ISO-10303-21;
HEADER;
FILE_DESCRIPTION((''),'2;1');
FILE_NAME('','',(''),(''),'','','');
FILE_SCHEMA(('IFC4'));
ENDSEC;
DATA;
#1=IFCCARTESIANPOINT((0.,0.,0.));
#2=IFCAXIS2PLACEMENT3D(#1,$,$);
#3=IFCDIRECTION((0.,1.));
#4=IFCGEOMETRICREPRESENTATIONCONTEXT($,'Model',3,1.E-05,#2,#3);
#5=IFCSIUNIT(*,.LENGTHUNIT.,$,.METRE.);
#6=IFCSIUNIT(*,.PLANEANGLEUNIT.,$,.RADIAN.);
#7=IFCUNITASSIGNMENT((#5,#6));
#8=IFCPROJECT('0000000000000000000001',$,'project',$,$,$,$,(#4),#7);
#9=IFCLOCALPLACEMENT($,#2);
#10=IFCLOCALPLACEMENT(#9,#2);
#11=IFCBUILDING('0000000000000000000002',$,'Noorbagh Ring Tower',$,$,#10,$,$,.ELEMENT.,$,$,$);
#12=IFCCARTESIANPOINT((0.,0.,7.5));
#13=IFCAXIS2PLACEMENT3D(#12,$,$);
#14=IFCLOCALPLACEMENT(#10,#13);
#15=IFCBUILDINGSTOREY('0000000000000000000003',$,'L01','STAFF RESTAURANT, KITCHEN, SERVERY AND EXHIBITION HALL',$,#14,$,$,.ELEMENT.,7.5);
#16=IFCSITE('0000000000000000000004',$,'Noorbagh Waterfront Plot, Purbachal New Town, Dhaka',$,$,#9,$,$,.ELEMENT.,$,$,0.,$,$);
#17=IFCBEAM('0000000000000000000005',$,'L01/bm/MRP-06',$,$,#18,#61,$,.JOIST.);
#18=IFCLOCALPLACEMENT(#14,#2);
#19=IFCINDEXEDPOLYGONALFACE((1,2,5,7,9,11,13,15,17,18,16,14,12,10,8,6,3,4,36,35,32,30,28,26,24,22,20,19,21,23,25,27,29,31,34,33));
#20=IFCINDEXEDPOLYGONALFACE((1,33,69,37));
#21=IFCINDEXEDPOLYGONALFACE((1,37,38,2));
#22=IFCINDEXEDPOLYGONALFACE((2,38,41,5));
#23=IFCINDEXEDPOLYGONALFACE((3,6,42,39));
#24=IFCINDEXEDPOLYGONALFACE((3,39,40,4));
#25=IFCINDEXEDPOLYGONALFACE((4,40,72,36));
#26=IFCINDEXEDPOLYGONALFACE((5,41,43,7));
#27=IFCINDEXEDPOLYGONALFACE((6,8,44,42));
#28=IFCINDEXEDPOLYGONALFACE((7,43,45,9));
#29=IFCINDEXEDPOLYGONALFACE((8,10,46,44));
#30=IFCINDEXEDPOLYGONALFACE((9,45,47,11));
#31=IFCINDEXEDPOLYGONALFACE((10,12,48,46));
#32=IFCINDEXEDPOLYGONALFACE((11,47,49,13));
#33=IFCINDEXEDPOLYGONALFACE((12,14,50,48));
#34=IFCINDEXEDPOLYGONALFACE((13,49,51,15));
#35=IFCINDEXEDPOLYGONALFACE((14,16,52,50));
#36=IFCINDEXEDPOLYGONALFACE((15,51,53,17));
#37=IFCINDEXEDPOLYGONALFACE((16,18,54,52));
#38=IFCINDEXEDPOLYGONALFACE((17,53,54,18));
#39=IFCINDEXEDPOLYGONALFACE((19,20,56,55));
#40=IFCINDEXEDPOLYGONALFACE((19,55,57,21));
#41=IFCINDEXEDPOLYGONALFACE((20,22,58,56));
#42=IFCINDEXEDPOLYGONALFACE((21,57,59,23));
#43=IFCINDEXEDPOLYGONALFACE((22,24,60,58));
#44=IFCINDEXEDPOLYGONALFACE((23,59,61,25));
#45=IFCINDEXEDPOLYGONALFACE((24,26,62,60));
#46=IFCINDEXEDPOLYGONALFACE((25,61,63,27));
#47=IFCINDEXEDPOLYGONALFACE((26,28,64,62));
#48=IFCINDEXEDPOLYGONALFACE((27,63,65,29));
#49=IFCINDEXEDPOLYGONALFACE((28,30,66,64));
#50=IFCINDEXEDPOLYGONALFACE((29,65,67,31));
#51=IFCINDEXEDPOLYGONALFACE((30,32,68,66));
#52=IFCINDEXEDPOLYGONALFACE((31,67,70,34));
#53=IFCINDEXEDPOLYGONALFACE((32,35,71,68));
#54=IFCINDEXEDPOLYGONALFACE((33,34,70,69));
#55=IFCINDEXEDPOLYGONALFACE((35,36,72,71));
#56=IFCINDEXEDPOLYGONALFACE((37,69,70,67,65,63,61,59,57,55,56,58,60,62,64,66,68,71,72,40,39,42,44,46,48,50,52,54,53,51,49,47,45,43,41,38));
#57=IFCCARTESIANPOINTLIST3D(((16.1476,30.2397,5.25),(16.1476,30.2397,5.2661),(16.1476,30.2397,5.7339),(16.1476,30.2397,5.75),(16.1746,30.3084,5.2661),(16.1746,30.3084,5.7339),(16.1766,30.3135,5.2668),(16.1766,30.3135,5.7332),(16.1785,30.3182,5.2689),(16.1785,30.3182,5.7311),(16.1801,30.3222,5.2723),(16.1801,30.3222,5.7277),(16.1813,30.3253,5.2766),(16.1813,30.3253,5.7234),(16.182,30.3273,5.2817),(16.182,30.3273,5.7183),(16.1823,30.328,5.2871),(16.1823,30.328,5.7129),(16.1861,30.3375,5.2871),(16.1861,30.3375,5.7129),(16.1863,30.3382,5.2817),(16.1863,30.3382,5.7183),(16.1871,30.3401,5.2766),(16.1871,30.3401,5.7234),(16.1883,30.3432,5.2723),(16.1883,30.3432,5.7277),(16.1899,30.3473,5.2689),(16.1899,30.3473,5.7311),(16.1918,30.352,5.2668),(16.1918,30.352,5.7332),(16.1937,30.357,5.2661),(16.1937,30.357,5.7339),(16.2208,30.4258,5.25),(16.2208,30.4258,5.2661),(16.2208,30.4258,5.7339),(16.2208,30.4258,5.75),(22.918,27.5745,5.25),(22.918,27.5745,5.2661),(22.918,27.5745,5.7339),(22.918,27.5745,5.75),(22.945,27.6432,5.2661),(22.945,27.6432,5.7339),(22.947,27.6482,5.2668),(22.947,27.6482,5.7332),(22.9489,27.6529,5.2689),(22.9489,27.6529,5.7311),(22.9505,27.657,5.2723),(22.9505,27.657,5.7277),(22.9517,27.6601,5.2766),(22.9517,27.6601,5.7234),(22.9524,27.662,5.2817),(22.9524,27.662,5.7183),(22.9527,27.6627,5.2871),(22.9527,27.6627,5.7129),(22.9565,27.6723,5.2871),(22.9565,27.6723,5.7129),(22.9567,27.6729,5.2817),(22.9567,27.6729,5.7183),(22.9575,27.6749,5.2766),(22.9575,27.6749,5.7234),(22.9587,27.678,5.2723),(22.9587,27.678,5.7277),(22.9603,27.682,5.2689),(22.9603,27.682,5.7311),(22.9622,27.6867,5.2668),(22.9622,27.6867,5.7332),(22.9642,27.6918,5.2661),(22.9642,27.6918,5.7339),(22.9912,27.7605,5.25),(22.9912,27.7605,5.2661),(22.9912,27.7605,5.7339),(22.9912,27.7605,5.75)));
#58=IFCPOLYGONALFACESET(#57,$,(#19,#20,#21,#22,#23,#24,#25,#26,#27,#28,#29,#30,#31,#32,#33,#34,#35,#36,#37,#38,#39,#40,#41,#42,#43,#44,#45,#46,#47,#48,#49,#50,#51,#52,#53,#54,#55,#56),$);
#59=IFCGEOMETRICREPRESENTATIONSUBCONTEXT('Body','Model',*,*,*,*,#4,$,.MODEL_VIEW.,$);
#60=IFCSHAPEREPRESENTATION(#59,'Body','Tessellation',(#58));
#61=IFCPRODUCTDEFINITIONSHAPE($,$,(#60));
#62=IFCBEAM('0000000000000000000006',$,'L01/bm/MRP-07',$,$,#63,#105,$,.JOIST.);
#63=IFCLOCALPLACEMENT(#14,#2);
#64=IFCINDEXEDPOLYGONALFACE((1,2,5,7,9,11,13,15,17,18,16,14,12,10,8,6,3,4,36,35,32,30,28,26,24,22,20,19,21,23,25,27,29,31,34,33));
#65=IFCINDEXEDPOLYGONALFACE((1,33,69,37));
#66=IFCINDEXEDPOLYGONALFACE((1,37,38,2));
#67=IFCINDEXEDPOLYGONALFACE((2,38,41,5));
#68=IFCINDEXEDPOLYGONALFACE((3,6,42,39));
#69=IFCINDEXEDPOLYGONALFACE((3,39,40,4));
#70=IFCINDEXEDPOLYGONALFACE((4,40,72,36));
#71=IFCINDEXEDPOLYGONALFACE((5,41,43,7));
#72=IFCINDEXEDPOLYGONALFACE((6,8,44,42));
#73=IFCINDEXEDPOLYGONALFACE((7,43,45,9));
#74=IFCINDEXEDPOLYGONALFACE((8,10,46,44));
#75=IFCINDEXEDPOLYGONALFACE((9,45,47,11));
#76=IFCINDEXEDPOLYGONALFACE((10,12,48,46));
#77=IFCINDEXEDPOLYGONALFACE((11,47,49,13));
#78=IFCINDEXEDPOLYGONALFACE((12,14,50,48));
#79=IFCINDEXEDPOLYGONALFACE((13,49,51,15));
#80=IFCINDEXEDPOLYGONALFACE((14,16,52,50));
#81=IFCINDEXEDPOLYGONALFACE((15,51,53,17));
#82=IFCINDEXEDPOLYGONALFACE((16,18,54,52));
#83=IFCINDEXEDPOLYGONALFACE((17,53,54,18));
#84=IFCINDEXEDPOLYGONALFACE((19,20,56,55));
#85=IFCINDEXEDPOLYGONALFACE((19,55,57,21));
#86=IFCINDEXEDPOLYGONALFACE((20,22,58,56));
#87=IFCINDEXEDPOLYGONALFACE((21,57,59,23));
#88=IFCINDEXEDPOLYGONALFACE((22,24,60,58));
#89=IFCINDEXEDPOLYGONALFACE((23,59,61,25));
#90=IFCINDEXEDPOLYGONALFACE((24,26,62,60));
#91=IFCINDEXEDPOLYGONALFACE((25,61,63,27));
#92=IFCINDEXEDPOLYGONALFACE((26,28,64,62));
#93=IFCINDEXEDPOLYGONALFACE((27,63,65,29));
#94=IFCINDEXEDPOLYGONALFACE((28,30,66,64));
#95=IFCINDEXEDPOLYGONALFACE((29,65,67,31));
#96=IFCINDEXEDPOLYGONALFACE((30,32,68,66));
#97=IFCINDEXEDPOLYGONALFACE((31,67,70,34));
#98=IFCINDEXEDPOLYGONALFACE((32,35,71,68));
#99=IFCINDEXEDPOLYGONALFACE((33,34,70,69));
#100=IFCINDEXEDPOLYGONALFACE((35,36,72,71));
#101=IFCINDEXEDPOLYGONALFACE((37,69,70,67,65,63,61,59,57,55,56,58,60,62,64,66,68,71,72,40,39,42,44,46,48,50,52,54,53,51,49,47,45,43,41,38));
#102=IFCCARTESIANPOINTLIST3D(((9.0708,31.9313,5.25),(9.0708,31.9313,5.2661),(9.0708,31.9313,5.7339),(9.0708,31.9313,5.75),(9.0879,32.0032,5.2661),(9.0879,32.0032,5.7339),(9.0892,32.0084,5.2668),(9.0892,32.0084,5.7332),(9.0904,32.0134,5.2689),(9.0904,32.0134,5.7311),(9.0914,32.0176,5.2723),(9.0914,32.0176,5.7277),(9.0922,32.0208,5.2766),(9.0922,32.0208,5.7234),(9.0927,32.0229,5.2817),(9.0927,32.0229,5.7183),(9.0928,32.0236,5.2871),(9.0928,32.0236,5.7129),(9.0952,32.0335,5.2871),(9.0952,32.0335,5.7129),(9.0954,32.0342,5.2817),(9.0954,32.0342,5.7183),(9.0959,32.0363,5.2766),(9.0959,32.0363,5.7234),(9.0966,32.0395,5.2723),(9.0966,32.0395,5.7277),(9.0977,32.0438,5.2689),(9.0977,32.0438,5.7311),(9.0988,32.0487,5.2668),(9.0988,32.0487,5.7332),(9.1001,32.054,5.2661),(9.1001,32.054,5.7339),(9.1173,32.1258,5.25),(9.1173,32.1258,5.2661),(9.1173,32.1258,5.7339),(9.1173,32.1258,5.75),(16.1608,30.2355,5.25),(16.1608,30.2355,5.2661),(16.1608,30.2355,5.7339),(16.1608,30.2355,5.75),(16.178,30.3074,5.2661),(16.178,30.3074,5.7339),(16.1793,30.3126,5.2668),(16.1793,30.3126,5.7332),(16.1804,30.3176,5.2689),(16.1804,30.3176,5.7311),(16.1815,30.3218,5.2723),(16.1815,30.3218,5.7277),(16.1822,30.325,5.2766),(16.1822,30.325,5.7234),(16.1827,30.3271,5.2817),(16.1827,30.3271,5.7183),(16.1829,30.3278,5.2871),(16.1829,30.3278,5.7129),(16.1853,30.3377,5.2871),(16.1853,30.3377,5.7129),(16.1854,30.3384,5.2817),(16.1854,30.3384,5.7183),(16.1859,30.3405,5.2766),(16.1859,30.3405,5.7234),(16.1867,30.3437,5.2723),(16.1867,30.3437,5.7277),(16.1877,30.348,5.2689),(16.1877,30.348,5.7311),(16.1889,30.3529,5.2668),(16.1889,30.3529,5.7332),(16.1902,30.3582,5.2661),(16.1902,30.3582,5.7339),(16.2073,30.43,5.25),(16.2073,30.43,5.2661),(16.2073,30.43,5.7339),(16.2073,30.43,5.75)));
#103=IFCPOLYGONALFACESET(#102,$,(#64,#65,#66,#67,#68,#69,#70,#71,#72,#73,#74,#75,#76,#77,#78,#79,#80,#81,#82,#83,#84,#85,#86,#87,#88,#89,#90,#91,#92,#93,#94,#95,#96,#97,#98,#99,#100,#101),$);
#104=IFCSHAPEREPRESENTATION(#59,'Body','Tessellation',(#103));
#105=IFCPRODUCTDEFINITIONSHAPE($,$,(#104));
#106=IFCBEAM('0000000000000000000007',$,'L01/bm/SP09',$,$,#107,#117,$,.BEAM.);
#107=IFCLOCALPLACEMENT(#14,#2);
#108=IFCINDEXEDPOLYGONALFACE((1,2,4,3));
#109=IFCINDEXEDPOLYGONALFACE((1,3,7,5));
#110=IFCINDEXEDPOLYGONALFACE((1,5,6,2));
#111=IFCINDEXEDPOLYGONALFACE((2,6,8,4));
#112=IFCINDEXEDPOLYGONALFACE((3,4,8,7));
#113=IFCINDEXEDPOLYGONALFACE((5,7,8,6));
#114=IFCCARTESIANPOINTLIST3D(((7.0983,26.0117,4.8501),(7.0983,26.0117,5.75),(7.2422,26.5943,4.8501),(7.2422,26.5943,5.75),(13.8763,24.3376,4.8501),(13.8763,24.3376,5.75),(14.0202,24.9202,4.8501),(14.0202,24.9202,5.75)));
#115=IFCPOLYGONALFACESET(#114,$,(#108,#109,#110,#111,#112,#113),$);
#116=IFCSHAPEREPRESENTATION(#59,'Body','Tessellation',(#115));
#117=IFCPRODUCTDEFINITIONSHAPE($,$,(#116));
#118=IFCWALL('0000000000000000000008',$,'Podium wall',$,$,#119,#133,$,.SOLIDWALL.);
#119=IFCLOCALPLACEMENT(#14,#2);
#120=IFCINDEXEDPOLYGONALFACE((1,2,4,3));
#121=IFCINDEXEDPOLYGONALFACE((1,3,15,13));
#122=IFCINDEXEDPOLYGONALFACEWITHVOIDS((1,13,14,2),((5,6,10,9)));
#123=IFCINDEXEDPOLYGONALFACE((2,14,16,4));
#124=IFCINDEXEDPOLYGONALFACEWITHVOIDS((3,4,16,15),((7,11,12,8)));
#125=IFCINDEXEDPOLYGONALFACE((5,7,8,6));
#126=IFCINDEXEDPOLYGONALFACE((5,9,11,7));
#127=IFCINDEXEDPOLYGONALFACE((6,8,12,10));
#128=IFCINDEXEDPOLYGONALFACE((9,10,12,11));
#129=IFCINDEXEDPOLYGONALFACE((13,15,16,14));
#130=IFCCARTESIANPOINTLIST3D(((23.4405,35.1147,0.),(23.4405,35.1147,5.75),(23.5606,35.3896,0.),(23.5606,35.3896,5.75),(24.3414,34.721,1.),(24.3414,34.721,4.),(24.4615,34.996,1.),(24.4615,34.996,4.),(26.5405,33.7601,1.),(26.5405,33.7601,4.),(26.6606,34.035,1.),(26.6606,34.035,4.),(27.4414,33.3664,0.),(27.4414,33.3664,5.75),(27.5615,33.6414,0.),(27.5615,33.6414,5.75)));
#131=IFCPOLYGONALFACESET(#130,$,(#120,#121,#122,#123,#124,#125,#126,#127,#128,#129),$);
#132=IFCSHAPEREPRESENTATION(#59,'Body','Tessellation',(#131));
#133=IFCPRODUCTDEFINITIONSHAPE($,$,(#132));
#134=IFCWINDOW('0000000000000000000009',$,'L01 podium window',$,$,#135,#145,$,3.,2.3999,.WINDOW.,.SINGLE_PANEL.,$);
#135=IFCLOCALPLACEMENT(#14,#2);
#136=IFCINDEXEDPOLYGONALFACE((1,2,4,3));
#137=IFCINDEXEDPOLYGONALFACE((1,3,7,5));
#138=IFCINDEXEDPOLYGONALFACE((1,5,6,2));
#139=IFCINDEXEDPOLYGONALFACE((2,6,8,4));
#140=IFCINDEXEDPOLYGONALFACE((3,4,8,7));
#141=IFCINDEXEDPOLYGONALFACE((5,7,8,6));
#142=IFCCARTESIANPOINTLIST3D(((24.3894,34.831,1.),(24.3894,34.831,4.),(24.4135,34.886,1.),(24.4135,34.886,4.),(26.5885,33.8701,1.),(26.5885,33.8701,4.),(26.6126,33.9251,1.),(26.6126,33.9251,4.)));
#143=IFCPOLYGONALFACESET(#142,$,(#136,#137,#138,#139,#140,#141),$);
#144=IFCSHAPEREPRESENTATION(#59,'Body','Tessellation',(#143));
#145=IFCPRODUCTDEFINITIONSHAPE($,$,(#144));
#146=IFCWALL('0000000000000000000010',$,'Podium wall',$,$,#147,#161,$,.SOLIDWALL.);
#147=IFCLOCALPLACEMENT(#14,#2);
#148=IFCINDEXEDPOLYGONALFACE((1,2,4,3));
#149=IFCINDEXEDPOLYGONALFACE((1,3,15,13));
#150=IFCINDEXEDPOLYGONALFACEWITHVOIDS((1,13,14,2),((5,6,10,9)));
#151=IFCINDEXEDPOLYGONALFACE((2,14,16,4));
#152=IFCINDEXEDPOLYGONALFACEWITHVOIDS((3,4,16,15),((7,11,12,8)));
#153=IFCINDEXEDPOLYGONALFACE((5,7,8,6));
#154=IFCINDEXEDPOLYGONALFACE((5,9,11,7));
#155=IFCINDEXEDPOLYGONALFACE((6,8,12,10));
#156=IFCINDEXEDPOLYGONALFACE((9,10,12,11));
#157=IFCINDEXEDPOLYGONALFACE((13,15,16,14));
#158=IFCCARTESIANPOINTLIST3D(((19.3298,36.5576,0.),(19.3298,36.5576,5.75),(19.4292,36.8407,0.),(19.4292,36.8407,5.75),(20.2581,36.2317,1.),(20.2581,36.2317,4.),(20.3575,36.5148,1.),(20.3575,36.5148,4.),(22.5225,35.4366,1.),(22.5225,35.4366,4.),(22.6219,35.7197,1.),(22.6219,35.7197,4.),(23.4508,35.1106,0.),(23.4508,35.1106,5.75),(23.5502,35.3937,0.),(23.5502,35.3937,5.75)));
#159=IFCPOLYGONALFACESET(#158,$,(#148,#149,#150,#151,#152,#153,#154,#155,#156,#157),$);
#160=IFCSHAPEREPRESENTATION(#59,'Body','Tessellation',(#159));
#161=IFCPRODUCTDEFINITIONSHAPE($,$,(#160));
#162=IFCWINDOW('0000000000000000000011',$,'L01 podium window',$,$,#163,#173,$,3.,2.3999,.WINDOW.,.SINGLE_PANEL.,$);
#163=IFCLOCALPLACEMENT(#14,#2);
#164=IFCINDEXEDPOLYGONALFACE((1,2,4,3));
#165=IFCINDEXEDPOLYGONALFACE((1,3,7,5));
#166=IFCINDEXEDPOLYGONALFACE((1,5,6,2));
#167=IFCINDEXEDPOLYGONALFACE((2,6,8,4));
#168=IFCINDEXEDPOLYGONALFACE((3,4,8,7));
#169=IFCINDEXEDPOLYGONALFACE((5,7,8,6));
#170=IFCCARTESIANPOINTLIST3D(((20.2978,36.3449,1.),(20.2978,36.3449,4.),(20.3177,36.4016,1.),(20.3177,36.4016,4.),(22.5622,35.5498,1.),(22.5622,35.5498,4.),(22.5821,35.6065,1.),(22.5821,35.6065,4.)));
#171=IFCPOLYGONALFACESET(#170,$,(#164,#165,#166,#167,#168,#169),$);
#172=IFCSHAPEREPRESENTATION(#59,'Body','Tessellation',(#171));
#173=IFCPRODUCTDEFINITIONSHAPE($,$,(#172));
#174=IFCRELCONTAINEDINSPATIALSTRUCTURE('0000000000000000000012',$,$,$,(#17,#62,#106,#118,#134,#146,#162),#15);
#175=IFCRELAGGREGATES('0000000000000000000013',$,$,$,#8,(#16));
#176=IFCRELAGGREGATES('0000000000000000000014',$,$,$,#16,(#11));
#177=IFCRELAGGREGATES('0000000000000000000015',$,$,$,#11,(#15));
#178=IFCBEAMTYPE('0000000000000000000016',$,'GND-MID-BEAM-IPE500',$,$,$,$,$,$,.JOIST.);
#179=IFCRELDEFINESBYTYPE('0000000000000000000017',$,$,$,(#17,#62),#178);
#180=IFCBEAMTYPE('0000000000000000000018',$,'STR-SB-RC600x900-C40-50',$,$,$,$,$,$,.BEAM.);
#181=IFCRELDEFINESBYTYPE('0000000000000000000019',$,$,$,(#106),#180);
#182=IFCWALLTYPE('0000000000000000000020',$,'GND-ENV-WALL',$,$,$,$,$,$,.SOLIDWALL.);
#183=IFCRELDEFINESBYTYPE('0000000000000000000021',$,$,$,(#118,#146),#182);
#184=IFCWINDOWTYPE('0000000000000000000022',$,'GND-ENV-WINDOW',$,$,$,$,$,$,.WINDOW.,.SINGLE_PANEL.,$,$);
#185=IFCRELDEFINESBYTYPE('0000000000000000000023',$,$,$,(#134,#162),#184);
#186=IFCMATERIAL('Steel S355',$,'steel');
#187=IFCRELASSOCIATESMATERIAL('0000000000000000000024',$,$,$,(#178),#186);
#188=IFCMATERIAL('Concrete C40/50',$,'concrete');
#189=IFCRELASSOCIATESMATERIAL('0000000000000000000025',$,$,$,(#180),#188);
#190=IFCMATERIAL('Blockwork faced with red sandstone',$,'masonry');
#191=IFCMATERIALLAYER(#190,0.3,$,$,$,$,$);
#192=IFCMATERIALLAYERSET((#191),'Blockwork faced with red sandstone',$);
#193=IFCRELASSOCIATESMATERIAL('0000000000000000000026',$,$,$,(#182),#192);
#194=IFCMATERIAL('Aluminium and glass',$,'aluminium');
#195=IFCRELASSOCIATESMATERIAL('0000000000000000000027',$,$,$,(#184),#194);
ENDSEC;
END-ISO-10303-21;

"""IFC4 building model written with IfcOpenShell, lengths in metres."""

from ifc_helpers import new_model, si_unit, direction, frame, frame_2d, origin, origin_2d, place, context, subcontext, project, spatial, rectangle, i_section, extrude, material, layer, layer_set, material_profile, profile_set, type_object, element, fill, save


model = new_model("IFC4")

# Units and contexts
model_context = context("Model", 3, precision=1e-05, world=origin(), true_north=direction((0.0, 1.0)))
body_context = subcontext(model_context, "Body", "Model", "MODEL_VIEW")
ifc_project = project(units=[si_unit("LENGTHUNIT", "METRE"), si_unit("PLANEANGLEUNIT", "RADIAN")], contexts=[model_context])

# Site, building, storey
site_placement = place(None, origin())
site = spatial("IfcSite", under=ifc_project, at=site_placement, Name="Noorbagh Waterfront Plot, Purbachal New Town, Dhaka", CompositionType="ELEMENT", RefElevation=0.0)
building_placement = place(site_placement, origin())
building = spatial("IfcBuilding", under=site, at=building_placement, Name="Noorbagh Ring Tower", CompositionType="ELEMENT")
storey_placement = place(building_placement, frame((0.0, 0.0, 7.5)))
storey = spatial("IfcBuildingStorey", under=building, at=storey_placement, Name="L01", Description="STAFF RESTAURANT, KITCHEN, SERVERY AND EXHIBITION HALL", CompositionType="ELEMENT", Elevation=7.5)

# Beams
ifc_material_1 = material(Name="Steel S355", Category="steel")
ifc_material_profile_1 = material_profile(ifc_material_1, i_section(OverallWidth=0.2, OverallDepth=0.5, WebThickness=0.0103, FlangeThickness=0.0161, FilletRadius=0.021, at=origin_2d()), Name="IPE500")
ifc_profile_set_1 = profile_set([ifc_material_profile_1], Name="Steel S355")
beam_type_1 = type_object("IfcBeamType", Name="GND-MID-BEAM-IPE500", PredefinedType="JOIST", material=ifc_profile_set_1)
beam_1_placement = place(storey_placement, frame((22.9546, 27.6675, 5.5), z_axis=(-0.930497, 0.3663, 0.0), x_axis=(-0.3663, -0.930497, 0.0)))
element("IfcBeam", 1, at=beam_1_placement, inside=storey, type_object=beam_type_1, Name="L01/bm/MRP-06", PredefinedType="JOIST", context=body_context, shape_type="SweptSolid", body=[
    extrude(i_section(OverallWidth=0.2, OverallDepth=0.5, WebThickness=0.0103, FlangeThickness=0.0161, FilletRadius=0.021, at=origin_2d()), origin(), (0.0, 0.0, 1.0), 7.2761),
])
beam_2_placement = place(storey_placement, frame((16.1841, 30.3328, 5.5), z_axis=(-0.972568, 0.232618, 0.0), x_axis=(-0.232618, -0.972568, 0.0)))
element("IfcBeam", 2, at=beam_2_placement, inside=storey, type_object=beam_type_1, Name="L01/bm/MRP-07", PredefinedType="JOIST", context=body_context, shape_type="SweptSolid", body=[
    extrude(i_section(OverallWidth=0.2, OverallDepth=0.5, WebThickness=0.0103, FlangeThickness=0.0161, FilletRadius=0.021, at=origin_2d()), origin(), (0.0, 0.0, 1.0), 7.29),
])
ifc_material_2 = material(Name="Concrete C40/50", Category="concrete")
ifc_material_profile_2 = material_profile(ifc_material_2, rectangle(XDim=0.6001, YDim=0.8999, at=origin_2d()), Name="RC600x900")
ifc_profile_set_2 = profile_set([ifc_material_profile_2], Name="Concrete C40/50")
beam_type_2 = type_object("IfcBeamType", Name="STR-SB-RC600x900-C40-50", PredefinedType="BEAM", material=ifc_profile_set_2)
beam_3_placement = place(storey_placement, frame((13.9482, 24.6289, 5.3), z_axis=(-0.970828, 0.239778, 0.0), x_axis=(-0.239778, -0.970828, 0.0)))
element("IfcBeam", 3, at=beam_3_placement, inside=storey, type_object=beam_type_2, Name="L01/bm/SP09", PredefinedType="BEAM", context=body_context, shape_type="SweptSolid", body=[
    extrude(rectangle(XDim=0.6001, YDim=0.8999, at=origin_2d()), origin(), (0.0, 0.0, 1.0), 6.9817),
])

# Walls, openings, windows
ifc_material_3 = material(Name="Blockwork faced with red sandstone", Category="masonry")
ifc_layer = layer(ifc_material_3, 0.3)
ifc_layer_set = layer_set([ifc_layer], Name="Blockwork faced with red sandstone")
wall_type = type_object("IfcWallType", Name="GND-ENV-WALL", PredefinedType="SOLIDWALL", material=ifc_layer_set)
wall_1_placement = place(storey_placement, frame((27.5015, 33.5039, 0.0), z_axis=(0.0, 0.0, 1.0), x_axis=(-0.916337, 0.400408, 0.0)))
wall_1 = element("IfcWall", 4, at=wall_1_placement, inside=storey, type_object=wall_type, Name="Podium wall", PredefinedType="SOLIDWALL", context=body_context, shape_type="SweptSolid", body=[
    extrude(rectangle(XDim=4.3662, YDim=0.3, at=frame_2d((2.1831, 0.0))), origin(), (0.0, 0.0, 1.0), 5.75),
])
opening_1_placement = place(wall_1_placement, frame((0.9832, 0.0, 1.0)))
opening_1 = element("IfcOpeningElement", 5, at=opening_1_placement, cuts=wall_1, PredefinedType="OPENING", context=body_context, shape_type="SweptSolid", body=[
    extrude(rectangle(XDim=2.3999, YDim=3.0, at=frame_2d((1.2, 1.5))), frame((0.0, 0.1602, 0.0), z_axis=(0.0, -1.0, 0.0), x_axis=(1.0, 0.0, 0.0)), (0.0, 0.0, 1.0), 0.3201),
])
ifc_material_4 = material(Name="Aluminium and glass", Category="aluminium")
window_type = type_object("IfcWindowType", Name="GND-ENV-WINDOW", PartitioningType="SINGLE_PANEL", PredefinedType="WINDOW", material=ifc_material_4)
window_1_placement = place(opening_1_placement, origin())
window_1 = element("IfcWindow", 6, at=window_1_placement, inside=storey, type_object=window_type, Name="L01 podium window", OverallHeight=3.0, OverallWidth=2.3999, PartitioningType="SINGLE_PANEL", PredefinedType="WINDOW", context=body_context, shape_type="SweptSolid", body=[
    extrude(rectangle(XDim=2.3999, YDim=3.0, at=frame_2d((1.2, 1.5))), frame((0.0, 0.03, 0.0), z_axis=(0.0, -1.0, 0.0), x_axis=(1.0, 0.0, 0.0)), (0.0, 0.0, 1.0), 0.0601),
])
fill(opening_1, window_1)
wall_2_placement = place(storey_placement, frame((23.5005, 35.2522, 0.0), z_axis=(0.0, 0.0, 1.0), x_axis=(-0.943527, 0.331296, 0.0)))
wall_2 = element("IfcWall", 7, at=wall_2_placement, inside=storey, type_object=wall_type, Name="Podium wall", PredefinedType="SOLIDWALL", context=body_context, shape_type="SweptSolid", body=[
    extrude(rectangle(XDim=4.3677, YDim=0.3, at=frame_2d((2.1838, 0.0))), origin(), (0.0, 0.0, 1.0), 5.75),
])
opening_2_placement = place(wall_2_placement, frame((0.9839, 0.0, 1.0)))
opening_2 = element("IfcOpeningElement", 8, at=opening_2_placement, cuts=wall_2, PredefinedType="OPENING", context=body_context, shape_type="SweptSolid", body=[
    extrude(rectangle(XDim=2.3999, YDim=3.0, at=frame_2d((1.2, 1.5))), frame((0.0, 0.1602, 0.0), z_axis=(0.0, -1.0, 0.0), x_axis=(1.0, 0.0, 0.0)), (0.0, 0.0, 1.0), 0.3201),
])
window_2_placement = place(opening_2_placement, origin())
window_2 = element("IfcWindow", 9, at=window_2_placement, inside=storey, type_object=window_type, Name="L01 podium window", OverallHeight=3.0, OverallWidth=2.3999, PartitioningType="SINGLE_PANEL", PredefinedType="WINDOW", context=body_context, shape_type="SweptSolid", body=[
    extrude(rectangle(XDim=2.3999, YDim=3.0, at=frame_2d((1.2, 1.5))), frame((0.0, 0.03, 0.0), z_axis=(0.0, -1.0, 0.0), x_axis=(1.0, 0.0, 0.0)), (0.0, 0.0, 1.0), 0.0601),
])
fill(opening_2, window_2)

save(model, "model.ifc")
